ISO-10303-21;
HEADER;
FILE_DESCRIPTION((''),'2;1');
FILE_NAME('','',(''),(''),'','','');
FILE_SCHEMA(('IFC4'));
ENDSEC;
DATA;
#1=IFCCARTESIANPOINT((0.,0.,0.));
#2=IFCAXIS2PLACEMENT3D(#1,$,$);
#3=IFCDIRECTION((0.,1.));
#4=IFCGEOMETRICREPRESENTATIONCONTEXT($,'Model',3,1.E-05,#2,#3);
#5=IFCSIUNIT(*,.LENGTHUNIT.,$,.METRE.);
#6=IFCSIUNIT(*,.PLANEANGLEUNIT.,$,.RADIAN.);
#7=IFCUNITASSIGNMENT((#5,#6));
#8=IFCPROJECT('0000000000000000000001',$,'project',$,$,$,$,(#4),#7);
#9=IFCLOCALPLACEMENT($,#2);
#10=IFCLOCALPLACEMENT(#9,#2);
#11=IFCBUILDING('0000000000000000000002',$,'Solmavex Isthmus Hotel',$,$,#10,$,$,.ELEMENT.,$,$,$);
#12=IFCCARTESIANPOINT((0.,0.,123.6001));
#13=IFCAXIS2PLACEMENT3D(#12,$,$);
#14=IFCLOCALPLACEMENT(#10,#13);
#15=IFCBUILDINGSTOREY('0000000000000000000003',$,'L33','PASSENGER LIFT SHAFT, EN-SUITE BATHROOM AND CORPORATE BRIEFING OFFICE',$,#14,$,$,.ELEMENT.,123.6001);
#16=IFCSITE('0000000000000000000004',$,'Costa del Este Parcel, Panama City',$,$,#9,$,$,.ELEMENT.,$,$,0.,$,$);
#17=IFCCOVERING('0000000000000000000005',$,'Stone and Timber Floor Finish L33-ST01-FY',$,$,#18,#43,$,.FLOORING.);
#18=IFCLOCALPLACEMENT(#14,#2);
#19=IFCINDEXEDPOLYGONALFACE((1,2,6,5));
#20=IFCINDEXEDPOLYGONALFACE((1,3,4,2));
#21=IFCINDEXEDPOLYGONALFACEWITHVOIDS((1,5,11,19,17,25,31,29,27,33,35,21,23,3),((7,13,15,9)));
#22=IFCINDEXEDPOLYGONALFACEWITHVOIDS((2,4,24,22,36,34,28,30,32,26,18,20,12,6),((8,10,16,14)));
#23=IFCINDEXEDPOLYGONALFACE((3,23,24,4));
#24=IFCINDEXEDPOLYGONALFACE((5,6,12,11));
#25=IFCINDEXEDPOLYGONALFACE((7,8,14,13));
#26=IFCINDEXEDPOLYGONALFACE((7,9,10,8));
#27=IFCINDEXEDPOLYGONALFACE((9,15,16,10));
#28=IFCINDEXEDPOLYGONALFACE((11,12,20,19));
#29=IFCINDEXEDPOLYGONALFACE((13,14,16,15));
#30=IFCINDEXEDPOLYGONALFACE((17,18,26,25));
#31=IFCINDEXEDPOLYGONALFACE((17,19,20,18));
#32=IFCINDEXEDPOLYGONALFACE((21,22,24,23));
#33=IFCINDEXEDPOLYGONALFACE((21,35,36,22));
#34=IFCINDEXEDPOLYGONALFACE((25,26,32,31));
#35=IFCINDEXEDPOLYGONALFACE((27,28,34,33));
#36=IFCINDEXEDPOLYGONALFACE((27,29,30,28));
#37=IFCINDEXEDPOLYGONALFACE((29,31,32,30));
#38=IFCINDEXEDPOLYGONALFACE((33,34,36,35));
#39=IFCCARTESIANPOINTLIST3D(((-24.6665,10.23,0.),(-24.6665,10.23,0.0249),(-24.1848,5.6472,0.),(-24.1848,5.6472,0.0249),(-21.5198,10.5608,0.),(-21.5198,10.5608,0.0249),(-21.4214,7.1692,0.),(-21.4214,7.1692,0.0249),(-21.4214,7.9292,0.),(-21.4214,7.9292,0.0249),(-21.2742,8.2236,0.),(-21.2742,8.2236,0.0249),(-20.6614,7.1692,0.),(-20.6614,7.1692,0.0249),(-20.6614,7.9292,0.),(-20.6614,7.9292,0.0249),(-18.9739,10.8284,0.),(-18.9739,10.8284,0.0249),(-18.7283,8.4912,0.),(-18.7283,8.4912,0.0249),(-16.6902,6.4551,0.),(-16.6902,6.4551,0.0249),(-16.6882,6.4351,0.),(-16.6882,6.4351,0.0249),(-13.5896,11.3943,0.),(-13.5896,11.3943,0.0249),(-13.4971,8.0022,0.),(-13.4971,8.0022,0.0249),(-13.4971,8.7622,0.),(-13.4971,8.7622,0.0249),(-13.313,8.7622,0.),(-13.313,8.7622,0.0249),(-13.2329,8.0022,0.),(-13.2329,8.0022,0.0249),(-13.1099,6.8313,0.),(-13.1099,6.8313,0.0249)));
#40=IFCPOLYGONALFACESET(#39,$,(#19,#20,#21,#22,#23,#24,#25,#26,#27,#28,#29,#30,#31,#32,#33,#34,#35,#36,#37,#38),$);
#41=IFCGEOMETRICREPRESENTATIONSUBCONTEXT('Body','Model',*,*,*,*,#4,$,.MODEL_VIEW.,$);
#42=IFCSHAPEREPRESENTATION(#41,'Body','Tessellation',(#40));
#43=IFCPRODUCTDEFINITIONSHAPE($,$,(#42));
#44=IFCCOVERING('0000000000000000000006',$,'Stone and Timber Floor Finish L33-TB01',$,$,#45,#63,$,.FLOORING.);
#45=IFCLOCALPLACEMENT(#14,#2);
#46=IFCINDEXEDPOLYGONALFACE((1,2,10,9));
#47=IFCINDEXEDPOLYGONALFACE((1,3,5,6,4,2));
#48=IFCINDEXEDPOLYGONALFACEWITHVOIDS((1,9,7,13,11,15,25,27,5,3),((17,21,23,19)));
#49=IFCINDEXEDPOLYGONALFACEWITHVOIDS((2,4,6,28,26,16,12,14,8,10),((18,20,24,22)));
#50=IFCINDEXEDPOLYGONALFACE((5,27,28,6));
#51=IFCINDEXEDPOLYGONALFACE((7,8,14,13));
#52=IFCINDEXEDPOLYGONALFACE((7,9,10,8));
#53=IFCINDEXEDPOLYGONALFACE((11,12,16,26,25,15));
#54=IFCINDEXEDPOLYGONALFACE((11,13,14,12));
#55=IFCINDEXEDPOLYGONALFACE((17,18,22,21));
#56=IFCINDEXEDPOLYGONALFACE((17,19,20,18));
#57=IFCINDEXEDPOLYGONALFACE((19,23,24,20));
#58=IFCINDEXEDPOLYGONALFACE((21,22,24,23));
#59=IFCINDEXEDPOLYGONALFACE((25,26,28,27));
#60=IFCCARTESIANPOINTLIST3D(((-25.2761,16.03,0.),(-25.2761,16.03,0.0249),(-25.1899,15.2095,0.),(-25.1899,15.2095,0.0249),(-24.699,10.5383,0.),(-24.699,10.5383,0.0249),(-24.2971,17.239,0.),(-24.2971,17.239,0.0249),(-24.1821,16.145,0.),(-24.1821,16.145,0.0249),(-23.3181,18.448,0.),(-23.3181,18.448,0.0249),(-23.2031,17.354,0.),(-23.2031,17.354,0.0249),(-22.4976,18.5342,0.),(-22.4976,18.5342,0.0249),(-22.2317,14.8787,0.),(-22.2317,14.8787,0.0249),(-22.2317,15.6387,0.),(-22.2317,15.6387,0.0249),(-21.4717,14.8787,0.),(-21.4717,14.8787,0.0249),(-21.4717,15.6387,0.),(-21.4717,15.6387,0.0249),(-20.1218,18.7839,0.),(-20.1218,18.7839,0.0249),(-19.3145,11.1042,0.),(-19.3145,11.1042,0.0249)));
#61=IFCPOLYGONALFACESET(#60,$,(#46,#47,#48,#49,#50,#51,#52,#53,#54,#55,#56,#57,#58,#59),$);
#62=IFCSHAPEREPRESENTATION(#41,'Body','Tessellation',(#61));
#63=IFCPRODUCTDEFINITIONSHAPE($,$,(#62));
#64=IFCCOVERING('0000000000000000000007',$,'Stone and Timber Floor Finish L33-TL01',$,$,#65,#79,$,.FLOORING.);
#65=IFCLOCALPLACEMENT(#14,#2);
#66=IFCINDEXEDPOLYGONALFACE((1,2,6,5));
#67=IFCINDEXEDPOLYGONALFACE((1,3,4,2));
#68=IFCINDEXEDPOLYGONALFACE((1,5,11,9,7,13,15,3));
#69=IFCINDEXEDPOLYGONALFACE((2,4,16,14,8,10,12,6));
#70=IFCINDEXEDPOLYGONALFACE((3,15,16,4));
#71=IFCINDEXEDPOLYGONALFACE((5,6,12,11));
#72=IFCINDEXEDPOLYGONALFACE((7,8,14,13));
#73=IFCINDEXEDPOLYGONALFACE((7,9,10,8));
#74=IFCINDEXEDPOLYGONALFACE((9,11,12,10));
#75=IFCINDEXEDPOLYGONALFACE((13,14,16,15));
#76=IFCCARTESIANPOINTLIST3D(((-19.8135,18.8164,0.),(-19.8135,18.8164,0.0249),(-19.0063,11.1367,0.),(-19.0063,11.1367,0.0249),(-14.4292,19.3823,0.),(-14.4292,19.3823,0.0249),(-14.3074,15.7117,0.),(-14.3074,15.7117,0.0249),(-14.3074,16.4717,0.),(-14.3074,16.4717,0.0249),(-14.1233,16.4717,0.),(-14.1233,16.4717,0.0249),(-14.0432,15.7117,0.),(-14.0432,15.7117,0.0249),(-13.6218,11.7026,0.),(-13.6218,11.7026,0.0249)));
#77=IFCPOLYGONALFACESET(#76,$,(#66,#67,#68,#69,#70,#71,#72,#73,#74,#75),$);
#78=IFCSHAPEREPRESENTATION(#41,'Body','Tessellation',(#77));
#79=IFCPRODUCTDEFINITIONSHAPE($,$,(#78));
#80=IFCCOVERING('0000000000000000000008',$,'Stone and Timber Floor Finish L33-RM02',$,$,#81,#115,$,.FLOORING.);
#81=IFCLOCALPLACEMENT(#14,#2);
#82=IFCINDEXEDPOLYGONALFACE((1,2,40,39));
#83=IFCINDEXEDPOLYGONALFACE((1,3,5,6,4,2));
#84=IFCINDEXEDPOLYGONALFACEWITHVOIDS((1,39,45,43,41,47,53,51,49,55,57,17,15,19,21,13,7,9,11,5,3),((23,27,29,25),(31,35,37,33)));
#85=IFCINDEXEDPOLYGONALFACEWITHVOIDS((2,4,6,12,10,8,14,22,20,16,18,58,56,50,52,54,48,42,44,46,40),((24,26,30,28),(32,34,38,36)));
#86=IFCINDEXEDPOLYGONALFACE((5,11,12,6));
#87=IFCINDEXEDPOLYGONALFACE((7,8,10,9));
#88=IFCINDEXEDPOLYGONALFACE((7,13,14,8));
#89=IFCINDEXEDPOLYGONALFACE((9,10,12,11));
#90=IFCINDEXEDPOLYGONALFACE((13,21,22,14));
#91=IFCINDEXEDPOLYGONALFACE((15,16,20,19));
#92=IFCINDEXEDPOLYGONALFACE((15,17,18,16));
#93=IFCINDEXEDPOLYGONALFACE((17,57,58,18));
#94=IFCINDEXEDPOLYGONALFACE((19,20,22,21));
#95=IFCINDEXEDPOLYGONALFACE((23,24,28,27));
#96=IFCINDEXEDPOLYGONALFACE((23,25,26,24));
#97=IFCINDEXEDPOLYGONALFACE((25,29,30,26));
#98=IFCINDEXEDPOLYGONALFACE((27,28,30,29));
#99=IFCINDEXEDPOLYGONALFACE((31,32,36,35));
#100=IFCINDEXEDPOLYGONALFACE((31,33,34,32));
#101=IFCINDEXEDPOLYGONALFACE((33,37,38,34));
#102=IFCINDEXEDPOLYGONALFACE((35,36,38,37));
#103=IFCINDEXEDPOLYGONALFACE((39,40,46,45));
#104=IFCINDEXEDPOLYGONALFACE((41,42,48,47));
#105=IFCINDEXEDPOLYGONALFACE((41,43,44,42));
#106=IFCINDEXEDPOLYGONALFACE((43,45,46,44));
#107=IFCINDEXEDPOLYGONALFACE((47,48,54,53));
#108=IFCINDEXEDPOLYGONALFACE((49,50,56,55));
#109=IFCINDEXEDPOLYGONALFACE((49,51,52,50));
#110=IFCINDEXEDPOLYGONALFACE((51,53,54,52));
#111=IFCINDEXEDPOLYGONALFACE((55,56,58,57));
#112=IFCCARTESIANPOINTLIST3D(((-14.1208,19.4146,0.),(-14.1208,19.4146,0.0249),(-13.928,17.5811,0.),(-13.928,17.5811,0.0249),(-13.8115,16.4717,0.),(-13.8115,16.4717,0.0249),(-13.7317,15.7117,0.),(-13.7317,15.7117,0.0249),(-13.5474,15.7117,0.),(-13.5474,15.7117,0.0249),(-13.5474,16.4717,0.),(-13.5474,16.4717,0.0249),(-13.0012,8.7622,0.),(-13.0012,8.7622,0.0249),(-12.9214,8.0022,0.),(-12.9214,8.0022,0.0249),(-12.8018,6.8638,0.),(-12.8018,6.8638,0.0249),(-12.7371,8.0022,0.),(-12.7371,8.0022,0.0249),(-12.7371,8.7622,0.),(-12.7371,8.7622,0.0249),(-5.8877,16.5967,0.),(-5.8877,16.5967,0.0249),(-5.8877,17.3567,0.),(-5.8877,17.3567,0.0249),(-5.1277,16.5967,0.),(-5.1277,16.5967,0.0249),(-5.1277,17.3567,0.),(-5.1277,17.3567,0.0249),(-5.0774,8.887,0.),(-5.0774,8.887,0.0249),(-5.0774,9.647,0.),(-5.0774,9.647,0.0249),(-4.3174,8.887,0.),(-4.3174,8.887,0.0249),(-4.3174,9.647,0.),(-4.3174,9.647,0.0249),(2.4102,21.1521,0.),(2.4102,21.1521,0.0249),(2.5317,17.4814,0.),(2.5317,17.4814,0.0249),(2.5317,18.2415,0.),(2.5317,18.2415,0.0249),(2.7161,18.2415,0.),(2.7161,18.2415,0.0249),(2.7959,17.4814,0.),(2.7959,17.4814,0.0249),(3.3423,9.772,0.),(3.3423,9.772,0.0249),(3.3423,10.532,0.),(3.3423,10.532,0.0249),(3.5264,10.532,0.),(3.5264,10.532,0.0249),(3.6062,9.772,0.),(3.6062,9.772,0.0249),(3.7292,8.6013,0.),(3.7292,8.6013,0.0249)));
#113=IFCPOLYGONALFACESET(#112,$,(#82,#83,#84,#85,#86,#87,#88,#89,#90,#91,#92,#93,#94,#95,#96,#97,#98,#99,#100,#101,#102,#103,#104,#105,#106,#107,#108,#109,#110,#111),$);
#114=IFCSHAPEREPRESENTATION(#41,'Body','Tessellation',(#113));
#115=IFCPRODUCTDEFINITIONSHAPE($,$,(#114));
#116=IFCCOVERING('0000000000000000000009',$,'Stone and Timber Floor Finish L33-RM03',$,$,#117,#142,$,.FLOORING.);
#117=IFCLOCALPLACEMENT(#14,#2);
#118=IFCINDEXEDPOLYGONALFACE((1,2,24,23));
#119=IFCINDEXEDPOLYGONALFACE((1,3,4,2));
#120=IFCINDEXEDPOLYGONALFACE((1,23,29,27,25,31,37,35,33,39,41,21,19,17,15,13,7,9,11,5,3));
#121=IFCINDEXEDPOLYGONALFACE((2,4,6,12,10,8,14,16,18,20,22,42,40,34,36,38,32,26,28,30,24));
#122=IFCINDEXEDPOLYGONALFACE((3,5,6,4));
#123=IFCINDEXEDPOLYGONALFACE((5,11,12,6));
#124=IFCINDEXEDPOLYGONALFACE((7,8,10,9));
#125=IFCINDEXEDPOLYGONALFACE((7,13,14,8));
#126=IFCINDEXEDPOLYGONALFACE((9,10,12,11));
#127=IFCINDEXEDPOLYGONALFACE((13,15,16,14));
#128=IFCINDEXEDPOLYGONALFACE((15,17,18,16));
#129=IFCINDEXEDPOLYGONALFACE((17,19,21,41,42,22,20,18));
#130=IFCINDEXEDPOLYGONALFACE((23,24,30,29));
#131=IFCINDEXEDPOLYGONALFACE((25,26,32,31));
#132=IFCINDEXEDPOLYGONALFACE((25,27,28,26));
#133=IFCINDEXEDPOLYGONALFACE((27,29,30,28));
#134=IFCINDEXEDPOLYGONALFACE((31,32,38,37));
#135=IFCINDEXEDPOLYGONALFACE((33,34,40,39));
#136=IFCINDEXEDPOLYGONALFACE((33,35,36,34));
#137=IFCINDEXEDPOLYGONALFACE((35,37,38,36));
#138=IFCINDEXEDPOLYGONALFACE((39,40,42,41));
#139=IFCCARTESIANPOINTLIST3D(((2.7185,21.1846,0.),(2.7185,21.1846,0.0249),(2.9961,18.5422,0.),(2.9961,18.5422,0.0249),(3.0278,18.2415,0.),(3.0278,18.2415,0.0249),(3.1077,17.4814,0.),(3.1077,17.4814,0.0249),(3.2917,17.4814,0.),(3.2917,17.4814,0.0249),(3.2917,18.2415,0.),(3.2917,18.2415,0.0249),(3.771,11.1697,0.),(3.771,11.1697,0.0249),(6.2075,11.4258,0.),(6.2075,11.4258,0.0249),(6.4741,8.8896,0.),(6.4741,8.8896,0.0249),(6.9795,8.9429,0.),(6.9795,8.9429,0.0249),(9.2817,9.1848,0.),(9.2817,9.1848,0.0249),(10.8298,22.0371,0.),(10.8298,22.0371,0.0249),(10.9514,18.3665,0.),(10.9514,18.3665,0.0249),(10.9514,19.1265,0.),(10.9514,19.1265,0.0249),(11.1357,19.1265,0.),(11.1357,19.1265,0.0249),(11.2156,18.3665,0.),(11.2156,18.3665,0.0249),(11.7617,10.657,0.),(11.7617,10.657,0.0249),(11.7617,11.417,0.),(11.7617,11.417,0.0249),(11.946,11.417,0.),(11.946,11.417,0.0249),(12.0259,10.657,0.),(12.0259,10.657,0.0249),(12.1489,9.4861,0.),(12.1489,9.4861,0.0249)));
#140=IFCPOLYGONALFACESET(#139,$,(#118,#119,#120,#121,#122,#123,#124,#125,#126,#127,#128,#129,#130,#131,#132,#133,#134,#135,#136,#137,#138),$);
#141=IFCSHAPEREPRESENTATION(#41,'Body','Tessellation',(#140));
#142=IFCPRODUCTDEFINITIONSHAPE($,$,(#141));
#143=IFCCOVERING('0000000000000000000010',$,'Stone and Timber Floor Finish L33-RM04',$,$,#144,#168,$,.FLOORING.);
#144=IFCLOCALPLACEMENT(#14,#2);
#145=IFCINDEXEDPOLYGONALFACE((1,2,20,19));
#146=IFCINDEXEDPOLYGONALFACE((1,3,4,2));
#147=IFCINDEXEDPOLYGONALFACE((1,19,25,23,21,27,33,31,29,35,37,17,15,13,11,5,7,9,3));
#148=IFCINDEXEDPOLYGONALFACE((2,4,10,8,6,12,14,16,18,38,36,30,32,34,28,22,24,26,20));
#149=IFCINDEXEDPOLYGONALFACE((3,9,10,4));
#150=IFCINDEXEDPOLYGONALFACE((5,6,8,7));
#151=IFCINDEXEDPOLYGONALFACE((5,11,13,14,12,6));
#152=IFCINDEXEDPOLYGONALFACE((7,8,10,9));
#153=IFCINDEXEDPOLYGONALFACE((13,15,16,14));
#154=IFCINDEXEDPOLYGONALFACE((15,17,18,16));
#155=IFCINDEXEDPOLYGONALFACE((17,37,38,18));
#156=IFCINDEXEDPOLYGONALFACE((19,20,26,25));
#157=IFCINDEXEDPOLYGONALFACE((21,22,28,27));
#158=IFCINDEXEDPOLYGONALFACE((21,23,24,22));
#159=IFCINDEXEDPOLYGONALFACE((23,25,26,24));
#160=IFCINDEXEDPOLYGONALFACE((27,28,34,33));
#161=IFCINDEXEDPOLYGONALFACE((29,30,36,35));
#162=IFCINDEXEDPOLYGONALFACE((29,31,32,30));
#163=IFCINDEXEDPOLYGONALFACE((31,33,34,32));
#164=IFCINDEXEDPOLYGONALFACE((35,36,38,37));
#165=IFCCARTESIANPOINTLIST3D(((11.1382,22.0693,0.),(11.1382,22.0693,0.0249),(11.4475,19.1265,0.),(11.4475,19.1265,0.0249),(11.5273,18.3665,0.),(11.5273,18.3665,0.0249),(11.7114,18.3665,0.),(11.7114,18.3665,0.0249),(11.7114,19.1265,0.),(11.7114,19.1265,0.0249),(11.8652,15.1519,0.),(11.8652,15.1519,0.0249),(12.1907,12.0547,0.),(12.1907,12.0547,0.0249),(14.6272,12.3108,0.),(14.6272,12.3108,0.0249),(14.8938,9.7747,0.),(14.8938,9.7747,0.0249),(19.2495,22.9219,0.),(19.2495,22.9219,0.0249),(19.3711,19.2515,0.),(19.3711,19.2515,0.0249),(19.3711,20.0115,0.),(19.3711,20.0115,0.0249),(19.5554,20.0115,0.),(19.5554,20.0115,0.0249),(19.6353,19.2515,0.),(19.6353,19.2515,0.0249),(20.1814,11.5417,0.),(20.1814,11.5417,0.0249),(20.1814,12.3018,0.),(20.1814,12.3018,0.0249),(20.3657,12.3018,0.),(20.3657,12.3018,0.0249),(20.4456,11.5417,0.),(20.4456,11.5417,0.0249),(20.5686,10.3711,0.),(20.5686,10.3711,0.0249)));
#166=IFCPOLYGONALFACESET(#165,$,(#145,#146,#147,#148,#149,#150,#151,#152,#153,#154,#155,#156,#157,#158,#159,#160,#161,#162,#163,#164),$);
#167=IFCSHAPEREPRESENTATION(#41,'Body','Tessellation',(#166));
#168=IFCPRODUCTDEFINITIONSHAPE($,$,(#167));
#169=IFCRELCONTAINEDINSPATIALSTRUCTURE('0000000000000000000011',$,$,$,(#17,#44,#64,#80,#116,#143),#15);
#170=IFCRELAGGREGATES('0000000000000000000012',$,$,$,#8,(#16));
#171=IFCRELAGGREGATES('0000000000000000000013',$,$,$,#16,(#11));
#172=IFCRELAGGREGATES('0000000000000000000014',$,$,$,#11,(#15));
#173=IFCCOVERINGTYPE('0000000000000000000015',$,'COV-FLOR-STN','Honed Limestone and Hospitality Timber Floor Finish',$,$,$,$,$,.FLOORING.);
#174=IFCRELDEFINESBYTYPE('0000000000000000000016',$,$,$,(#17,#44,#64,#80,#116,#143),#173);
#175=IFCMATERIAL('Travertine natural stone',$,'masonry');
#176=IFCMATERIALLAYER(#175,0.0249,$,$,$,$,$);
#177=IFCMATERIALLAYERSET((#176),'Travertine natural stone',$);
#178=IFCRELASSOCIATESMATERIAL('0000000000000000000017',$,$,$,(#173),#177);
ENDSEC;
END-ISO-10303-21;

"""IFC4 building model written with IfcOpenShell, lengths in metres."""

from ifc_helpers import new_model, si_unit, direction, frame, origin, place, context, subcontext, project, spatial, polyline, outline, extrude, material, layer, layer_set, type_object, element, save


model = new_model("IFC4")

# Units and contexts
model_context = context("Model", 3, precision=1e-05, world=origin(), true_north=direction((0.0, 1.0)))
body_context = subcontext(model_context, "Body", "Model", "MODEL_VIEW")
ifc_project = project(units=[si_unit("LENGTHUNIT", "METRE"), si_unit("PLANEANGLEUNIT", "RADIAN")], contexts=[model_context])

# Site, building, storey
site_placement = place(None, origin())
site = spatial("IfcSite", under=ifc_project, at=site_placement, Name="Costa del Este Parcel, Panama City", CompositionType="ELEMENT", RefElevation=0.0)
building_placement = place(site_placement, origin())
building = spatial("IfcBuilding", under=site, at=building_placement, Name="Solmavex Isthmus Hotel", CompositionType="ELEMENT")
storey_placement = place(building_placement, frame((0.0, 0.0, 123.6001)))
storey = spatial("IfcBuildingStorey", under=building, at=storey_placement, Name="L33", Description="PASSENGER LIFT SHAFT, EN-SUITE BATHROOM AND CORPORATE BRIEFING OFFICE", CompositionType="ELEMENT", Elevation=123.6001)

# Coverings
ifc_material_1 = material(Name="Travertine natural stone", Category="masonry")
ifc_layer_1 = layer(ifc_material_1, 0.0249)
ifc_layer_set_1 = layer_set([ifc_layer_1], Name="Travertine natural stone")
covering_type_1 = type_object("IfcCoveringType", Name="COV-FLOR-STN", Description="Honed Limestone and Hospitality Timber Floor Finish", PredefinedType="FLOORING", material=ifc_layer_set_1)
covering_1_placement = place(storey_placement, origin())
element("IfcCovering", 1, at=covering_1_placement, inside=storey, type_object=covering_type_1, Name="Stone and Timber Floor Finish L33-ST01-FY", PredefinedType="FLOORING", context=body_context, shape_type="SweptSolid", body=[
    extrude(outline(polyline([(-21.5198, 10.5608), (-24.6665, 10.23), (-24.1848, 5.6472), (-16.6882, 6.4351), (-16.6902, 6.4551), (-13.1099, 6.8313), (-13.2329, 8.0022), (-13.4971, 8.0022), (-13.4971, 8.7622), (-13.313, 8.7622), (-13.5896, 11.3943), (-18.9739, 10.8284), (-18.7283, 8.4912), (-21.2742, 8.2236), (-21.5198, 10.5608)]), holes=[polyline([(-21.4214, 7.1692), (-21.4214, 7.9292), (-20.6614, 7.9292), (-20.6614, 7.1692), (-21.4214, 7.1692)])]), origin(), (0.0, 0.0, 1.0), 0.0249),
])
covering_2_placement = place(storey_placement, origin())
element("IfcCovering", 2, at=covering_2_placement, inside=storey, type_object=covering_type_1, Name="Stone and Timber Floor Finish L33-TB01", PredefinedType="FLOORING", context=body_context, shape_type="SweptSolid", body=[
    extrude(outline(polyline([(-25.2761, 16.03), (-25.1899, 15.2095), (-24.699, 10.5383), (-19.3145, 11.1042), (-20.1218, 18.7839), (-22.4976, 18.5342), (-23.3181, 18.448), (-23.2031, 17.354), (-24.2971, 17.239), (-24.1821, 16.145), (-25.2761, 16.03)]), holes=[polyline([(-22.2317, 14.8787), (-22.2317, 15.6387), (-21.4717, 15.6387), (-21.4717, 14.8787), (-22.2317, 14.8787)])]), origin(), (0.0, 0.0, 1.0), 0.0249),
])
covering_3_placement = place(storey_placement, origin())
element("IfcCovering", 3, at=covering_3_placement, inside=storey, type_object=covering_type_1, Name="Stone and Timber Floor Finish L33-TL01", PredefinedType="FLOORING", context=body_context, shape_type="SweptSolid", body=[
    extrude(outline(polyline([(-14.0432, 15.7117), (-14.3074, 15.7117), (-14.3074, 16.4717), (-14.1233, 16.4717), (-14.4292, 19.3823), (-19.8135, 18.8164), (-19.0063, 11.1367), (-13.6218, 11.7026), (-14.0432, 15.7117)])), origin(), (0.0, 0.0, 1.0), 0.0249),
])
covering_4_placement = place(storey_placement, origin())
element("IfcCovering", 4, at=covering_4_placement, inside=storey, type_object=covering_type_1, Name="Stone and Timber Floor Finish L33-RM02", PredefinedType="FLOORING", context=body_context, shape_type="SweptSolid", body=[
    extrude(outline(polyline([(-13.0012, 8.7622), (-12.7371, 8.7622), (-12.7371, 8.0022), (-12.9214, 8.0022), (-12.8018, 6.8638), (3.7292, 8.6013), (3.6062, 9.772), (3.3423, 9.772), (3.3423, 10.532), (3.5264, 10.532), (2.7959, 17.4814), (2.5317, 17.4814), (2.5317, 18.2415), (2.7161, 18.2415), (2.4102, 21.1521), (-14.1208, 19.4146), (-13.928, 17.5811), (-13.8115, 16.4717), (-13.5474, 16.4717), (-13.5474, 15.7117), (-13.7317, 15.7117), (-13.0012, 8.7622)]), holes=[polyline([(-5.0774, 8.887), (-5.0774, 9.647), (-4.3174, 9.647), (-4.3174, 8.887), (-5.0774, 8.887)]), polyline([(-5.8877, 17.3567), (-5.1277, 17.3567), (-5.1277, 16.5967), (-5.8877, 16.5967), (-5.8877, 17.3567)])]), origin(), (0.0, 0.0, 1.0), 0.0249),
])
covering_5_placement = place(storey_placement, origin())
element("IfcCovering", 5, at=covering_5_placement, inside=storey, type_object=covering_type_1, Name="Stone and Timber Floor Finish L33-RM03", PredefinedType="FLOORING", context=body_context, shape_type="SweptSolid", body=[
    extrude(outline(polyline([(3.0278, 18.2415), (3.2917, 18.2415), (3.2917, 17.4814), (3.1077, 17.4814), (3.771, 11.1697), (6.2075, 11.4258), (6.4741, 8.8896), (6.9795, 8.9429), (9.2817, 9.1848), (12.1489, 9.4861), (12.0259, 10.657), (11.7617, 10.657), (11.7617, 11.417), (11.946, 11.417), (11.2156, 18.3665), (10.9514, 18.3665), (10.9514, 19.1265), (11.1357, 19.1265), (10.8298, 22.0371), (2.7185, 21.1846), (2.9961, 18.5422), (3.0278, 18.2415)])), origin(), (0.0, 0.0, 1.0), 0.0249),
])
covering_6_placement = place(storey_placement, origin())
element("IfcCovering", 6, at=covering_6_placement, inside=storey, type_object=covering_type_1, Name="Stone and Timber Floor Finish L33-RM04", PredefinedType="FLOORING", context=body_context, shape_type="SweptSolid", body=[
    extrude(outline(polyline([(11.4475, 19.1265), (11.7114, 19.1265), (11.7114, 18.3665), (11.5273, 18.3665), (11.8652, 15.1519), (12.1907, 12.0547), (14.6272, 12.3108), (14.8938, 9.7747), (20.5686, 10.3711), (20.4456, 11.5417), (20.1814, 11.5417), (20.1814, 12.3018), (20.3657, 12.3018), (19.6353, 19.2515), (19.3711, 19.2515), (19.3711, 20.0115), (19.5554, 20.0115), (19.2495, 22.9219), (11.1382, 22.0693), (11.4475, 19.1265)])), origin(), (0.0, 0.0, 1.0), 0.0249),
])

save(model, "model.ifc")
